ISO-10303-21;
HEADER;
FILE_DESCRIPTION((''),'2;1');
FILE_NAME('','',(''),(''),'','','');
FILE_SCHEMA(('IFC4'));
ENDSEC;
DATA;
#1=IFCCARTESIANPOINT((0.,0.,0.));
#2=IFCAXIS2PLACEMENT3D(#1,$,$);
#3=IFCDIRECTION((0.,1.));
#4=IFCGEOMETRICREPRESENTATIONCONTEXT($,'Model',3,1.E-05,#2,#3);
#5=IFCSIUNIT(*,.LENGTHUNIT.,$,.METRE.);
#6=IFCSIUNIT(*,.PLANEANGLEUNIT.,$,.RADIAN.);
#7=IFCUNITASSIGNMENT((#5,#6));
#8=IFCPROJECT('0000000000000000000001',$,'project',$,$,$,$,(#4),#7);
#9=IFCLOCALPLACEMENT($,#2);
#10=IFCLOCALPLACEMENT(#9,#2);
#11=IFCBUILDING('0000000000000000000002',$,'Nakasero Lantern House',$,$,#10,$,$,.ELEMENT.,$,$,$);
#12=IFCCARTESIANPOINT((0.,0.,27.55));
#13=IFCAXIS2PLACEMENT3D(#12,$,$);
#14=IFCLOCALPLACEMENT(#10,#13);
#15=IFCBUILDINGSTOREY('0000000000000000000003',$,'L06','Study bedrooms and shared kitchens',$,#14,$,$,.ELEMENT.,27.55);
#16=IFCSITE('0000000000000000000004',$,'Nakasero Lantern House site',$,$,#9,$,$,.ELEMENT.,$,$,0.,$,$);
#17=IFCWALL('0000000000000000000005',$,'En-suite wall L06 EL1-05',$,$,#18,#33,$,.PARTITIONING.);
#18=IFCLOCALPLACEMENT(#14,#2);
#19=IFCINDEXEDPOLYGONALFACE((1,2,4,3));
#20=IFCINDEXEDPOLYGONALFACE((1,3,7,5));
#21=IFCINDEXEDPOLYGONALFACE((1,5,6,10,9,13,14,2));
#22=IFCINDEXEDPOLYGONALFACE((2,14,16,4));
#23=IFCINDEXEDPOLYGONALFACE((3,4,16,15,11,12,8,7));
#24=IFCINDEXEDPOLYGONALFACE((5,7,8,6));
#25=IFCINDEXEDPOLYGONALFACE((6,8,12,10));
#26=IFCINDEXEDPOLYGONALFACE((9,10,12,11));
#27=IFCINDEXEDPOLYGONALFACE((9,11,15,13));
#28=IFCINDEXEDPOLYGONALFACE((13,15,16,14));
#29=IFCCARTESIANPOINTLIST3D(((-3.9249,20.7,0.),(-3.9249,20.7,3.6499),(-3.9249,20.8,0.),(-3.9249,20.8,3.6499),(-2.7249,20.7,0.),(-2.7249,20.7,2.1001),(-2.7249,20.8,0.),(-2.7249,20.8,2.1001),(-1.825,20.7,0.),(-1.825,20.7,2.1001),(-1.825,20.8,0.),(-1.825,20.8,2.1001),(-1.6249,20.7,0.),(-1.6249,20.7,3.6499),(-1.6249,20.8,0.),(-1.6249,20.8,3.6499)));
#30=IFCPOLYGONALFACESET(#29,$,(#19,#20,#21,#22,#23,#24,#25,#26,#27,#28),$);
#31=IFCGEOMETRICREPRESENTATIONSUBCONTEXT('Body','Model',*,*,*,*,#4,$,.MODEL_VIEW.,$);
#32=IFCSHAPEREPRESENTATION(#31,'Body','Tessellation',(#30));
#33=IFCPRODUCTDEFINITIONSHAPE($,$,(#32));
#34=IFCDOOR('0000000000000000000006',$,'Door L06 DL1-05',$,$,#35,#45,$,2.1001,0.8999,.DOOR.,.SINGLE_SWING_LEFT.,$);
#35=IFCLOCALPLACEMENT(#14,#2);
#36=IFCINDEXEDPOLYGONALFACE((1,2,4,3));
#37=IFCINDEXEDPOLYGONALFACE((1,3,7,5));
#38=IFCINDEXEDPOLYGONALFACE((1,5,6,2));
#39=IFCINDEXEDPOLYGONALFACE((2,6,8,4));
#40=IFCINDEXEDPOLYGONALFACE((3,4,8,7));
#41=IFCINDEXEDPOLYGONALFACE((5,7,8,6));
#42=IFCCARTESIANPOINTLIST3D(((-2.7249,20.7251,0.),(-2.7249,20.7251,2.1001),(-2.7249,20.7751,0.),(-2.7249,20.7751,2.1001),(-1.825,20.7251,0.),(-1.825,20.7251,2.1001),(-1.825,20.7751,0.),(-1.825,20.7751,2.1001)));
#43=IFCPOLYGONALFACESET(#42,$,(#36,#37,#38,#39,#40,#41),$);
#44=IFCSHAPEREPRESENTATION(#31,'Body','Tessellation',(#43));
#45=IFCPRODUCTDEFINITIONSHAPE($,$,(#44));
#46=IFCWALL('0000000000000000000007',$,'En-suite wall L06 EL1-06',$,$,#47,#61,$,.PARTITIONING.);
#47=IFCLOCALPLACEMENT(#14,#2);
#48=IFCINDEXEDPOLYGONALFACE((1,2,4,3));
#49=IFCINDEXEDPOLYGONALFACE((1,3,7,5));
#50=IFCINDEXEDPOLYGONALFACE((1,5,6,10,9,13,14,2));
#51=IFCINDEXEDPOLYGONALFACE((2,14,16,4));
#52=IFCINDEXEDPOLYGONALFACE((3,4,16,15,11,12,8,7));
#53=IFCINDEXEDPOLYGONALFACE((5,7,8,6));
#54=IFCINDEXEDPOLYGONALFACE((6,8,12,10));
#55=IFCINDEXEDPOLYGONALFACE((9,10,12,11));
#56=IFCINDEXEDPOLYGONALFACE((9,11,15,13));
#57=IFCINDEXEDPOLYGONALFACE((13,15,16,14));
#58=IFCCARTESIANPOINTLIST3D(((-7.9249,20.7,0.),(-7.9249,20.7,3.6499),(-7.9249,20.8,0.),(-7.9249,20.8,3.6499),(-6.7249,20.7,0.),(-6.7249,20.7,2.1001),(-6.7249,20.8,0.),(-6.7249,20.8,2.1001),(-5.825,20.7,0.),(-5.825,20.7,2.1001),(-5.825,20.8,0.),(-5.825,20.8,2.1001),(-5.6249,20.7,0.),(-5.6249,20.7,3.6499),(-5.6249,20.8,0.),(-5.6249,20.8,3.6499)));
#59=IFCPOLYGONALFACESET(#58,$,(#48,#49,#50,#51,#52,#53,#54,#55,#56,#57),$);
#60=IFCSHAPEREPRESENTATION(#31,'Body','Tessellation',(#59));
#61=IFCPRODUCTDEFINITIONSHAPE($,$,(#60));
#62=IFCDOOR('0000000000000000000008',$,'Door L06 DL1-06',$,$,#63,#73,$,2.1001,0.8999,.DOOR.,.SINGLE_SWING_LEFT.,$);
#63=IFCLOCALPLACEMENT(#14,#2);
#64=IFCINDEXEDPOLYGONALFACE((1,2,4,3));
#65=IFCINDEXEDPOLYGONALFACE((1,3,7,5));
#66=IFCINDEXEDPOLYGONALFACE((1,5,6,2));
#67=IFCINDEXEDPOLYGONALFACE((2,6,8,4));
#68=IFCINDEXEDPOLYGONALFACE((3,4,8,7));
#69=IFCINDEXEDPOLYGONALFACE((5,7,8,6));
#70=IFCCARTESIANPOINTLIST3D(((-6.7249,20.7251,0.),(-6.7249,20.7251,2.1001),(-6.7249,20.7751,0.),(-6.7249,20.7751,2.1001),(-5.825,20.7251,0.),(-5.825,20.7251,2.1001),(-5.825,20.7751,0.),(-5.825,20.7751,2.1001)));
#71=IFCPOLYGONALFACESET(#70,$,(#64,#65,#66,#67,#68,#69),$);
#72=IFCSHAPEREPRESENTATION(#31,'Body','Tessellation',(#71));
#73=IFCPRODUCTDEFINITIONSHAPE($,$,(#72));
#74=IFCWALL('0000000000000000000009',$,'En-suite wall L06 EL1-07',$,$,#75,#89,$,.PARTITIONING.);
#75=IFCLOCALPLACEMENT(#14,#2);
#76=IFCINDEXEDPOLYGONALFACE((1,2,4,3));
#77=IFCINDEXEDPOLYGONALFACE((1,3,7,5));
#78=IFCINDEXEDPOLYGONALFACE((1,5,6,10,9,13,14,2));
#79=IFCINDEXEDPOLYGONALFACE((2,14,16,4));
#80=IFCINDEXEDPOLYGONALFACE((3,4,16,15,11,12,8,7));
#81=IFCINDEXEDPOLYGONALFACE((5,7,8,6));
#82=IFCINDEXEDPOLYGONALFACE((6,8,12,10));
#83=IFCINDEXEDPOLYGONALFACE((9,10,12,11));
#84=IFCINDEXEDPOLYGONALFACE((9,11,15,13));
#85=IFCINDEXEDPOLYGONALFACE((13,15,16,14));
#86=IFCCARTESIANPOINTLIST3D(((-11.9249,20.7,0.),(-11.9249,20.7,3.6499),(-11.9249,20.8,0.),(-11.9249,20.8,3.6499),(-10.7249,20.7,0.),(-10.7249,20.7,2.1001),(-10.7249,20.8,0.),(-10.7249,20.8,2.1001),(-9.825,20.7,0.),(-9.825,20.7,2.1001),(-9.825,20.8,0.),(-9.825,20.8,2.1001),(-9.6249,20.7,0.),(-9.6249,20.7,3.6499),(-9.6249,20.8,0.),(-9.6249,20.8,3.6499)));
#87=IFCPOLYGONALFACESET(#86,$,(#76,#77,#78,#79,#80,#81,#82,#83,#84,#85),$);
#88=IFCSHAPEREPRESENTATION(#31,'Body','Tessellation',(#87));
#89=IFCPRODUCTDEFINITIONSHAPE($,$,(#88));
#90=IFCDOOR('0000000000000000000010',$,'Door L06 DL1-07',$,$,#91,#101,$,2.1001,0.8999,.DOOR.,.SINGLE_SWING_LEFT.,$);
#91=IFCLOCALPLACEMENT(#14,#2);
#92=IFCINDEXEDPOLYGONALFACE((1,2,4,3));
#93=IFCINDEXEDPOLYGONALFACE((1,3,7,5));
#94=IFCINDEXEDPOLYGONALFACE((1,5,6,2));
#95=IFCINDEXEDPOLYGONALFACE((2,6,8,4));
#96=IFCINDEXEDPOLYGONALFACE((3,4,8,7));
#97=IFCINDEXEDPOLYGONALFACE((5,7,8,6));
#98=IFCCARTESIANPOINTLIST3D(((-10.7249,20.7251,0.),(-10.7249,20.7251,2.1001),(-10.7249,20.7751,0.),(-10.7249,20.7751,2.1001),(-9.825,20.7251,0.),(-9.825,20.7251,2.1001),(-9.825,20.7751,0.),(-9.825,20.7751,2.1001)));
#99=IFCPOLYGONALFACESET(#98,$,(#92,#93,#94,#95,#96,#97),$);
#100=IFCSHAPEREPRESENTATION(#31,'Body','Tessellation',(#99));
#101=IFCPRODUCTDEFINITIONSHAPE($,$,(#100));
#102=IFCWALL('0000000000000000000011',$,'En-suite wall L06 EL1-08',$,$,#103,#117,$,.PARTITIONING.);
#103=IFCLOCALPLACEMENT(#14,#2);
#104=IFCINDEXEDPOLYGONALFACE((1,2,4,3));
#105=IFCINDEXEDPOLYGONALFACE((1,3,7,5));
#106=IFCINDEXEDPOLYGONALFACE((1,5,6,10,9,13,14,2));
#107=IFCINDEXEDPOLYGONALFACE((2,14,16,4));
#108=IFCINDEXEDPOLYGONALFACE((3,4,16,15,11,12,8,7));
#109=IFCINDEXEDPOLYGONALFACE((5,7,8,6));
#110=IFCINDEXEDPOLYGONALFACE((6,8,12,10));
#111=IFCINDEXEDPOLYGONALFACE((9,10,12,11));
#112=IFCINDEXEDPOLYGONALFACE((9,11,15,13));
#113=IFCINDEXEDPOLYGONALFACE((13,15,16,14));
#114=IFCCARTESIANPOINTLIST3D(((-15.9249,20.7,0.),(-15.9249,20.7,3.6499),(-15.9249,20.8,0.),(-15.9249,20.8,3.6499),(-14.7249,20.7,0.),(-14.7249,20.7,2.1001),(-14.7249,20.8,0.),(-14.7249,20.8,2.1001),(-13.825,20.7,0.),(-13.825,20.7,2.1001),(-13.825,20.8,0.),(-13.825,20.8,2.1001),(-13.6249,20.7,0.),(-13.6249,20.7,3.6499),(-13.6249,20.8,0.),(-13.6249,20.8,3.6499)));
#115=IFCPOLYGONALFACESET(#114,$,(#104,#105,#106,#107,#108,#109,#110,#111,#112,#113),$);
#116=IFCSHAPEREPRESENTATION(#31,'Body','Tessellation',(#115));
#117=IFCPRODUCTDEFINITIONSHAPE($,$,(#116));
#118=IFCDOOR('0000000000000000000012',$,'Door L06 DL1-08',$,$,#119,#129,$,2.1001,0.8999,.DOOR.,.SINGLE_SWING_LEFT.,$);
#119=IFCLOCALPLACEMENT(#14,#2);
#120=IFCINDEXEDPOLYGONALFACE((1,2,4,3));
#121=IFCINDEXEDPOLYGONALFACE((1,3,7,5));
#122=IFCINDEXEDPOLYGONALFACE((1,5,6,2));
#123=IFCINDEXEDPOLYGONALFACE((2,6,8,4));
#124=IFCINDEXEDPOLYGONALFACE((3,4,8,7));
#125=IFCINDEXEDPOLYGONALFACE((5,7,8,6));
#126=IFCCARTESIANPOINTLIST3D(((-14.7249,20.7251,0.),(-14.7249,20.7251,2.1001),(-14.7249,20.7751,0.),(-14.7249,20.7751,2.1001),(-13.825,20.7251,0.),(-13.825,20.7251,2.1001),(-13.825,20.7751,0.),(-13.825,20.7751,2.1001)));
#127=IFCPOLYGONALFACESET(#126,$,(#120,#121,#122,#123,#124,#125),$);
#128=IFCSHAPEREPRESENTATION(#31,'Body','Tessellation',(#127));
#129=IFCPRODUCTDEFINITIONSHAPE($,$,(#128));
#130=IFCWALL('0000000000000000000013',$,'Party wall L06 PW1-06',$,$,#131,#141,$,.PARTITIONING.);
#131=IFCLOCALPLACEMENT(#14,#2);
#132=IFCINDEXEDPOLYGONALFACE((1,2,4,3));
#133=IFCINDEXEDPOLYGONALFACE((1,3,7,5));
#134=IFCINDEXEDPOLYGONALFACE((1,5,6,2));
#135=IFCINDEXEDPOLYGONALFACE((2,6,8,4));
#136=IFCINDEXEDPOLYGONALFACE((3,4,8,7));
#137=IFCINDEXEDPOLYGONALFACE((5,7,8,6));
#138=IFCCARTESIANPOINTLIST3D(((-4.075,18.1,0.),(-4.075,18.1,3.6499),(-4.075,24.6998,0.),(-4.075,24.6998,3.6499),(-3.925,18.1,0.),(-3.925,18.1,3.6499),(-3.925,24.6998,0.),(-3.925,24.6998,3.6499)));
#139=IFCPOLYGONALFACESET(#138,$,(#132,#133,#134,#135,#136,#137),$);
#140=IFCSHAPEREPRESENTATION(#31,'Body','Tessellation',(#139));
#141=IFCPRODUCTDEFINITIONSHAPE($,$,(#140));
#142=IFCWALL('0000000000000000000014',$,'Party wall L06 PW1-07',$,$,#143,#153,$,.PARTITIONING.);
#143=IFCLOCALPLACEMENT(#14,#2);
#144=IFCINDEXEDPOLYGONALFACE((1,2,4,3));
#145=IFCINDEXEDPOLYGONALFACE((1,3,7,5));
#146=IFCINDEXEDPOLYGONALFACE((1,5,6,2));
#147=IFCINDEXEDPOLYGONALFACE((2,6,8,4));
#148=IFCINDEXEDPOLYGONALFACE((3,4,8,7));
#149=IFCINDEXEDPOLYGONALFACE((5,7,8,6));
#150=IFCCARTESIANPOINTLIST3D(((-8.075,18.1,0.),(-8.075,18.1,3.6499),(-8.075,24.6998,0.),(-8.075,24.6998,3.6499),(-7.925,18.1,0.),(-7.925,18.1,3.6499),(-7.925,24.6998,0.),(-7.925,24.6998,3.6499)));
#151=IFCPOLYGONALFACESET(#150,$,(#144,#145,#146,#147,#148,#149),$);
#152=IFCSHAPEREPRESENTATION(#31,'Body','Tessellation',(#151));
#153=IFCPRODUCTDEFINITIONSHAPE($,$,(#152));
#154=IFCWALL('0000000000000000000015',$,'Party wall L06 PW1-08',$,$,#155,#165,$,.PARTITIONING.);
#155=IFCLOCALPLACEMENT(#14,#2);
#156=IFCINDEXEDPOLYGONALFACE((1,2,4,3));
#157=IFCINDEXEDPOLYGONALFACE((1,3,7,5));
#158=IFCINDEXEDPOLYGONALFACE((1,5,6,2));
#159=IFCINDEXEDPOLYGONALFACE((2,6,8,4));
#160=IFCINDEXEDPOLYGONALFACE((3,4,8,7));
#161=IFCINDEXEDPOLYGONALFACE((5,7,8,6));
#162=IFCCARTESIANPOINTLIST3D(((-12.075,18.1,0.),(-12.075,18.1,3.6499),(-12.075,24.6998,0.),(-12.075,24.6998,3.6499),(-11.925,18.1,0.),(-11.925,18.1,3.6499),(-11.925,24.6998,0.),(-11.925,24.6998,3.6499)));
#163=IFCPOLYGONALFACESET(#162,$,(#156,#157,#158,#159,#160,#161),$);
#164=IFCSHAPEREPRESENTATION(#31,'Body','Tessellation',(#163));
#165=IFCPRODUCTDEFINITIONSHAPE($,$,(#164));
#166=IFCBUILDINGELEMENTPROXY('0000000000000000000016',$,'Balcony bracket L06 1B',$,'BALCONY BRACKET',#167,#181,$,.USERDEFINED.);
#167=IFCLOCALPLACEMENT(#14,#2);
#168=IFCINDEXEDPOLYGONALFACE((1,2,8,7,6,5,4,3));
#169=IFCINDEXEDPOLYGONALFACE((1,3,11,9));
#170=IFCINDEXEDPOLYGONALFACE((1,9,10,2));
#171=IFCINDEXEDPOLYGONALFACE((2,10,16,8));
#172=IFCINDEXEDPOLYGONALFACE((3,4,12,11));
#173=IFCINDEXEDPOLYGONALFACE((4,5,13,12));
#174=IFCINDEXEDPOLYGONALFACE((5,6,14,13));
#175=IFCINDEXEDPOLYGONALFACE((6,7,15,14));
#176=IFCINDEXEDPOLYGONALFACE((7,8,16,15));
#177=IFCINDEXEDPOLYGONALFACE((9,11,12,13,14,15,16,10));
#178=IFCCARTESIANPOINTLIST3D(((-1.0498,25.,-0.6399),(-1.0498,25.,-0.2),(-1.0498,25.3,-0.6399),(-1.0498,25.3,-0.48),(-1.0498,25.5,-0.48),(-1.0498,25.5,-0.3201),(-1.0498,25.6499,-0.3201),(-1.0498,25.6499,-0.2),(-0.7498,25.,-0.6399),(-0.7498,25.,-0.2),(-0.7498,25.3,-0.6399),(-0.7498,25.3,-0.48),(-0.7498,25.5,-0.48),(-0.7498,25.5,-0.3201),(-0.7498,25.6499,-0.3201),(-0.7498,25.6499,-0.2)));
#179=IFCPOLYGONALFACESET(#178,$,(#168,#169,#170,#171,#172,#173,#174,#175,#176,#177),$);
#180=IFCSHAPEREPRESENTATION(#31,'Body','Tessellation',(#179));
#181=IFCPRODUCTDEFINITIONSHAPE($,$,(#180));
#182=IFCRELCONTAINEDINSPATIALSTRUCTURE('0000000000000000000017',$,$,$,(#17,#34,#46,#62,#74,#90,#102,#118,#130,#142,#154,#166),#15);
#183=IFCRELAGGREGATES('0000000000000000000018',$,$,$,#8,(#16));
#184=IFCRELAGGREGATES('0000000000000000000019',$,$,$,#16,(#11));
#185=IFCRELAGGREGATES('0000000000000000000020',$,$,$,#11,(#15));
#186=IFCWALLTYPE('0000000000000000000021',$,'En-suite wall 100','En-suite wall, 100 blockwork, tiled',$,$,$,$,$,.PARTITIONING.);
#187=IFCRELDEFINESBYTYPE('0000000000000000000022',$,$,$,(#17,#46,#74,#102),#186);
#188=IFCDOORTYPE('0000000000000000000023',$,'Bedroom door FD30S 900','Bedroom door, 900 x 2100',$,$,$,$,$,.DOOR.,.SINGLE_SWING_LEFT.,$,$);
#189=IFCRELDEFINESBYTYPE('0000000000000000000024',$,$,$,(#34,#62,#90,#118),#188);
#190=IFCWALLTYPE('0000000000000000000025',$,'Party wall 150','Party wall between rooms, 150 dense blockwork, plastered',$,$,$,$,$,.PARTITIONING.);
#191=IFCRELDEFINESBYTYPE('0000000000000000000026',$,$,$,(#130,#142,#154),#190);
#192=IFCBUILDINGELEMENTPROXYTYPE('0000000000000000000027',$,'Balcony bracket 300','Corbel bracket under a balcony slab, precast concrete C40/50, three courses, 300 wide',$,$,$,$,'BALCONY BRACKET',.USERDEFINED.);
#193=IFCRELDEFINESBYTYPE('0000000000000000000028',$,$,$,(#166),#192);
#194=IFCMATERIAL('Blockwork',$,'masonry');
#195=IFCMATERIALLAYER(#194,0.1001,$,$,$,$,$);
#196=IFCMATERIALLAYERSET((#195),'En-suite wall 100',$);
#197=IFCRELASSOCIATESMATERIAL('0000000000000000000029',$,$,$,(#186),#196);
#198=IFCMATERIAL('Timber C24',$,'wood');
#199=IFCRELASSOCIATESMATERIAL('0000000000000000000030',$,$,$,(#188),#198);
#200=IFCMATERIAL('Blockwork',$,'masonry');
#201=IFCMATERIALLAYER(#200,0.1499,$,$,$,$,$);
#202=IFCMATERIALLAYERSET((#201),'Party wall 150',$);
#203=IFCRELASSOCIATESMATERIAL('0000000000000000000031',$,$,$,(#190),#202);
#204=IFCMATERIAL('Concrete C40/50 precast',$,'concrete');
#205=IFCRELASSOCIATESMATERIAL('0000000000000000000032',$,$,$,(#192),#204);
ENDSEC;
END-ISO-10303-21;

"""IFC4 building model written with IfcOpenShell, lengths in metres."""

from ifc_helpers import new_model, si_unit, direction, frame, frame_2d, origin, place, context, subcontext, project, spatial, polyline, rectangle, outline, extrude, material, layer, layer_set, type_object, element, fill, save


model = new_model("IFC4")

# Units and contexts
model_context = context("Model", 3, precision=1e-05, world=origin(), true_north=direction((0.0, 1.0)))
body_context = subcontext(model_context, "Body", "Model", "MODEL_VIEW")
ifc_project = project(units=[si_unit("LENGTHUNIT", "METRE"), si_unit("PLANEANGLEUNIT", "RADIAN")], contexts=[model_context])

# Site, building, storey
site_placement = place(None, origin())
site = spatial("IfcSite", under=ifc_project, at=site_placement, Name="Nakasero Lantern House site", CompositionType="ELEMENT", RefElevation=0.0)
building_placement = place(site_placement, origin())
building = spatial("IfcBuilding", under=site, at=building_placement, Name="Nakasero Lantern House", CompositionType="ELEMENT")
storey_placement = place(building_placement, frame((0.0, 0.0, 27.55)))
storey = spatial("IfcBuildingStorey", under=building, at=storey_placement, Name="L06", Description="Study bedrooms and shared kitchens", CompositionType="ELEMENT", Elevation=27.55)

# Shared definitions
ifc_material_1 = material(Name="Blockwork", Category="masonry")
ifc_layer_1 = layer(ifc_material_1, 0.1001)
ifc_layer_set_1 = layer_set([ifc_layer_1], Name="En-suite wall 100")
wall_type_1 = type_object("IfcWallType", Name="En-suite wall 100", Description="En-suite wall, 100 blockwork, tiled", PredefinedType="PARTITIONING", material=ifc_layer_set_1)

# Walls, openings, doors
wall_1_placement = place(storey_placement, frame((-1.625, 20.75, 0.0), z_axis=(0.0, 0.0, 1.0), x_axis=(-1.0, 0.0, 0.0)))
wall_1 = element("IfcWall", 1, at=wall_1_placement, inside=storey, type_object=wall_type_1, Name="En-suite wall L06 EL1-05", PredefinedType="PARTITIONING", context=body_context, shape_type="SweptSolid", body=[
    extrude(rectangle(XDim=2.3, YDim=0.1001, at=frame_2d((1.1499, 0.0))), origin(), (0.0, 0.0, 1.0), 3.6499),
])
opening_1_placement = place(wall_1_placement, frame((0.2, 0.0, 0.0)))
opening_1 = element("IfcOpeningElement", 2, at=opening_1_placement, cuts=wall_1, PredefinedType="OPENING", context=body_context, shape_type="SweptSolid", body=[
    extrude(rectangle(XDim=0.8999, YDim=2.1001, at=frame_2d((0.45, 1.05))), frame((0.0, 0.0701, 0.0), z_axis=(0.0, -1.0, 0.0), x_axis=(1.0, 0.0, 0.0)), (0.0, 0.0, 1.0), 0.1401),
])
ifc_material_2 = material(Name="Timber C24", Category="wood")
door_type_1 = type_object("IfcDoorType", Name="Bedroom door FD30S 900", Description="Bedroom door, 900 x 2100", OperationType="SINGLE_SWING_LEFT", PredefinedType="DOOR", material=ifc_material_2)
door_1_placement = place(opening_1_placement, origin())
door_1 = element("IfcDoor", 3, at=door_1_placement, inside=storey, type_object=door_type_1, Name="Door L06 DL1-05", OperationType="SINGLE_SWING_LEFT", OverallHeight=2.1001, OverallWidth=0.8999, PredefinedType="DOOR", context=body_context, shape_type="SweptSolid", body=[
    extrude(rectangle(XDim=0.8999, YDim=2.1001, at=frame_2d((0.45, 1.05))), frame((0.0, 0.0249, 0.0), z_axis=(0.0, -1.0, 0.0), x_axis=(1.0, 0.0, 0.0)), (0.0, 0.0, 1.0), 0.05),
])
fill(opening_1, door_1)
wall_2_placement = place(storey_placement, frame((-5.625, 20.75, 0.0), z_axis=(0.0, 0.0, 1.0), x_axis=(-1.0, 0.0, 0.0)))
wall_2 = element("IfcWall", 4, at=wall_2_placement, inside=storey, type_object=wall_type_1, Name="En-suite wall L06 EL1-06", PredefinedType="PARTITIONING", context=body_context, shape_type="SweptSolid", body=[
    extrude(rectangle(XDim=2.3, YDim=0.1001, at=frame_2d((1.1499, 0.0))), origin(), (0.0, 0.0, 1.0), 3.6499),
])
opening_2_placement = place(wall_2_placement, frame((0.2, 0.0, 0.0)))
opening_2 = element("IfcOpeningElement", 5, at=opening_2_placement, cuts=wall_2, PredefinedType="OPENING", context=body_context, shape_type="SweptSolid", body=[
    extrude(rectangle(XDim=0.8999, YDim=2.1001, at=frame_2d((0.45, 1.05))), frame((0.0, 0.0701, 0.0), z_axis=(0.0, -1.0, 0.0), x_axis=(1.0, 0.0, 0.0)), (0.0, 0.0, 1.0), 0.1401),
])
door_2_placement = place(opening_2_placement, origin())
door_2 = element("IfcDoor", 6, at=door_2_placement, inside=storey, type_object=door_type_1, Name="Door L06 DL1-06", OperationType="SINGLE_SWING_LEFT", OverallHeight=2.1001, OverallWidth=0.8999, PredefinedType="DOOR", context=body_context, shape_type="SweptSolid", body=[
    extrude(rectangle(XDim=0.8999, YDim=2.1001, at=frame_2d((0.45, 1.05))), frame((0.0, 0.0249, 0.0), z_axis=(0.0, -1.0, 0.0), x_axis=(1.0, 0.0, 0.0)), (0.0, 0.0, 1.0), 0.05),
])
fill(opening_2, door_2)
wall_3_placement = place(storey_placement, frame((-9.625, 20.75, 0.0), z_axis=(0.0, 0.0, 1.0), x_axis=(-1.0, 0.0, 0.0)))
wall_3 = element("IfcWall", 7, at=wall_3_placement, inside=storey, type_object=wall_type_1, Name="En-suite wall L06 EL1-07", PredefinedType="PARTITIONING", context=body_context, shape_type="SweptSolid", body=[
    extrude(rectangle(XDim=2.3, YDim=0.1001, at=frame_2d((1.1499, 0.0))), origin(), (0.0, 0.0, 1.0), 3.6499),
])
opening_3_placement = place(wall_3_placement, frame((0.2, 0.0, 0.0)))
opening_3 = element("IfcOpeningElement", 8, at=opening_3_placement, cuts=wall_3, PredefinedType="OPENING", context=body_context, shape_type="SweptSolid", body=[
    extrude(rectangle(XDim=0.8999, YDim=2.1001, at=frame_2d((0.45, 1.05))), frame((0.0, 0.0701, 0.0), z_axis=(0.0, -1.0, 0.0), x_axis=(1.0, 0.0, 0.0)), (0.0, 0.0, 1.0), 0.1401),
])
door_3_placement = place(opening_3_placement, origin())
door_3 = element("IfcDoor", 9, at=door_3_placement, inside=storey, type_object=door_type_1, Name="Door L06 DL1-07", OperationType="SINGLE_SWING_LEFT", OverallHeight=2.1001, OverallWidth=0.8999, PredefinedType="DOOR", context=body_context, shape_type="SweptSolid", body=[
    extrude(rectangle(XDim=0.8999, YDim=2.1001, at=frame_2d((0.45, 1.05))), frame((0.0, 0.0249, 0.0), z_axis=(0.0, -1.0, 0.0), x_axis=(1.0, 0.0, 0.0)), (0.0, 0.0, 1.0), 0.05),
])
fill(opening_3, door_3)
wall_4_placement = place(storey_placement, frame((-13.625, 20.75, 0.0), z_axis=(0.0, 0.0, 1.0), x_axis=(-1.0, 0.0, 0.0)))
wall_4 = element("IfcWall", 10, at=wall_4_placement, inside=storey, type_object=wall_type_1, Name="En-suite wall L06 EL1-08", PredefinedType="PARTITIONING", context=body_context, shape_type="SweptSolid", body=[
    extrude(rectangle(XDim=2.3, YDim=0.1001, at=frame_2d((1.1499, 0.0))), origin(), (0.0, 0.0, 1.0), 3.6499),
])
opening_4_placement = place(wall_4_placement, frame((0.2, 0.0, 0.0)))
opening_4 = element("IfcOpeningElement", 11, at=opening_4_placement, cuts=wall_4, PredefinedType="OPENING", context=body_context, shape_type="SweptSolid", body=[
    extrude(rectangle(XDim=0.8999, YDim=2.1001, at=frame_2d((0.45, 1.05))), frame((0.0, 0.0701, 0.0), z_axis=(0.0, -1.0, 0.0), x_axis=(1.0, 0.0, 0.0)), (0.0, 0.0, 1.0), 0.1401),
])
door_4_placement = place(opening_4_placement, origin())
door_4 = element("IfcDoor", 12, at=door_4_placement, inside=storey, type_object=door_type_1, Name="Door L06 DL1-08", OperationType="SINGLE_SWING_LEFT", OverallHeight=2.1001, OverallWidth=0.8999, PredefinedType="DOOR", context=body_context, shape_type="SweptSolid", body=[
    extrude(rectangle(XDim=0.8999, YDim=2.1001, at=frame_2d((0.45, 1.05))), frame((0.0, 0.0249, 0.0), z_axis=(0.0, -1.0, 0.0), x_axis=(1.0, 0.0, 0.0)), (0.0, 0.0, 1.0), 0.05),
])
fill(opening_4, door_4)

# Walls
ifc_material_3 = material(Name="Blockwork", Category="masonry")
ifc_layer_2 = layer(ifc_material_3, 0.1499)
ifc_layer_set_2 = layer_set([ifc_layer_2], Name="Party wall 150")
wall_type_2 = type_object("IfcWallType", Name="Party wall 150", Description="Party wall between rooms, 150 dense blockwork, plastered", PredefinedType="PARTITIONING", material=ifc_layer_set_2)
for number, where, z_axis, x_axis, name in (
    (13, (-4.0, 18.1001, 0.0), (0.0, 0.0, 1.0), (0.0, 1.0, 0.0), "Party wall L06 PW1-06"),
    (14, (-8.0, 18.1001, 0.0), (0.0, 0.0, 1.0), (0.0, 1.0, 0.0), "Party wall L06 PW1-07"),
    (15, (-12.0, 18.1001, 0.0), (0.0, 0.0, 1.0), (0.0, 1.0, 0.0), "Party wall L06 PW1-08"),
):
    element("IfcWall", number, at=place(storey_placement, frame(where, z_axis=z_axis, x_axis=x_axis)), inside=storey, type_object=wall_type_2, Name=name, PredefinedType="PARTITIONING", context=body_context, shape_type="SweptSolid", body=[
        extrude(rectangle(XDim=6.5999, YDim=0.1499, at=frame_2d((3.2998, 0.0))), origin(), (0.0, 0.0, 1.0), 3.6499),
    ])

# Building element proxy
ifc_material_4 = material(Name="Concrete C40/50 precast", Category="concrete")
building_element_proxy_type = type_object("IfcBuildingElementProxyType", Name="Balcony bracket 300", Description="Corbel bracket under a balcony slab, precast concrete C40/50, three courses, 300 wide", ElementType="BALCONY BRACKET", PredefinedType="USERDEFINED", material=ifc_material_4)
proxy_placement = place(storey_placement, frame((-0.8999, 25.0, -0.2), z_axis=(0.0, 0.0, 1.0), x_axis=(0.0, 1.0, 0.0)))
element("IfcBuildingElementProxy", 16, at=proxy_placement, inside=storey, type_object=building_element_proxy_type, Name="Balcony bracket L06 1B", ObjectType="BALCONY BRACKET", PredefinedType="USERDEFINED", context=body_context, shape_type="SweptSolid", body=[
    extrude(outline(polyline([(0.0, 0.0), (0.6499, 0.0), (0.6499, -0.1201), (0.5, -0.1201), (0.5, -0.28), (0.3, -0.28), (0.3, -0.4399), (0.0, -0.4399), (0.0, 0.0)])), frame((0.0, 0.1499, 0.0), z_axis=(0.0, -1.0, 0.0), x_axis=(1.0, 0.0, 0.0)), (0.0, 0.0, 1.0), 0.3),
])

save(model, "model.ifc")
